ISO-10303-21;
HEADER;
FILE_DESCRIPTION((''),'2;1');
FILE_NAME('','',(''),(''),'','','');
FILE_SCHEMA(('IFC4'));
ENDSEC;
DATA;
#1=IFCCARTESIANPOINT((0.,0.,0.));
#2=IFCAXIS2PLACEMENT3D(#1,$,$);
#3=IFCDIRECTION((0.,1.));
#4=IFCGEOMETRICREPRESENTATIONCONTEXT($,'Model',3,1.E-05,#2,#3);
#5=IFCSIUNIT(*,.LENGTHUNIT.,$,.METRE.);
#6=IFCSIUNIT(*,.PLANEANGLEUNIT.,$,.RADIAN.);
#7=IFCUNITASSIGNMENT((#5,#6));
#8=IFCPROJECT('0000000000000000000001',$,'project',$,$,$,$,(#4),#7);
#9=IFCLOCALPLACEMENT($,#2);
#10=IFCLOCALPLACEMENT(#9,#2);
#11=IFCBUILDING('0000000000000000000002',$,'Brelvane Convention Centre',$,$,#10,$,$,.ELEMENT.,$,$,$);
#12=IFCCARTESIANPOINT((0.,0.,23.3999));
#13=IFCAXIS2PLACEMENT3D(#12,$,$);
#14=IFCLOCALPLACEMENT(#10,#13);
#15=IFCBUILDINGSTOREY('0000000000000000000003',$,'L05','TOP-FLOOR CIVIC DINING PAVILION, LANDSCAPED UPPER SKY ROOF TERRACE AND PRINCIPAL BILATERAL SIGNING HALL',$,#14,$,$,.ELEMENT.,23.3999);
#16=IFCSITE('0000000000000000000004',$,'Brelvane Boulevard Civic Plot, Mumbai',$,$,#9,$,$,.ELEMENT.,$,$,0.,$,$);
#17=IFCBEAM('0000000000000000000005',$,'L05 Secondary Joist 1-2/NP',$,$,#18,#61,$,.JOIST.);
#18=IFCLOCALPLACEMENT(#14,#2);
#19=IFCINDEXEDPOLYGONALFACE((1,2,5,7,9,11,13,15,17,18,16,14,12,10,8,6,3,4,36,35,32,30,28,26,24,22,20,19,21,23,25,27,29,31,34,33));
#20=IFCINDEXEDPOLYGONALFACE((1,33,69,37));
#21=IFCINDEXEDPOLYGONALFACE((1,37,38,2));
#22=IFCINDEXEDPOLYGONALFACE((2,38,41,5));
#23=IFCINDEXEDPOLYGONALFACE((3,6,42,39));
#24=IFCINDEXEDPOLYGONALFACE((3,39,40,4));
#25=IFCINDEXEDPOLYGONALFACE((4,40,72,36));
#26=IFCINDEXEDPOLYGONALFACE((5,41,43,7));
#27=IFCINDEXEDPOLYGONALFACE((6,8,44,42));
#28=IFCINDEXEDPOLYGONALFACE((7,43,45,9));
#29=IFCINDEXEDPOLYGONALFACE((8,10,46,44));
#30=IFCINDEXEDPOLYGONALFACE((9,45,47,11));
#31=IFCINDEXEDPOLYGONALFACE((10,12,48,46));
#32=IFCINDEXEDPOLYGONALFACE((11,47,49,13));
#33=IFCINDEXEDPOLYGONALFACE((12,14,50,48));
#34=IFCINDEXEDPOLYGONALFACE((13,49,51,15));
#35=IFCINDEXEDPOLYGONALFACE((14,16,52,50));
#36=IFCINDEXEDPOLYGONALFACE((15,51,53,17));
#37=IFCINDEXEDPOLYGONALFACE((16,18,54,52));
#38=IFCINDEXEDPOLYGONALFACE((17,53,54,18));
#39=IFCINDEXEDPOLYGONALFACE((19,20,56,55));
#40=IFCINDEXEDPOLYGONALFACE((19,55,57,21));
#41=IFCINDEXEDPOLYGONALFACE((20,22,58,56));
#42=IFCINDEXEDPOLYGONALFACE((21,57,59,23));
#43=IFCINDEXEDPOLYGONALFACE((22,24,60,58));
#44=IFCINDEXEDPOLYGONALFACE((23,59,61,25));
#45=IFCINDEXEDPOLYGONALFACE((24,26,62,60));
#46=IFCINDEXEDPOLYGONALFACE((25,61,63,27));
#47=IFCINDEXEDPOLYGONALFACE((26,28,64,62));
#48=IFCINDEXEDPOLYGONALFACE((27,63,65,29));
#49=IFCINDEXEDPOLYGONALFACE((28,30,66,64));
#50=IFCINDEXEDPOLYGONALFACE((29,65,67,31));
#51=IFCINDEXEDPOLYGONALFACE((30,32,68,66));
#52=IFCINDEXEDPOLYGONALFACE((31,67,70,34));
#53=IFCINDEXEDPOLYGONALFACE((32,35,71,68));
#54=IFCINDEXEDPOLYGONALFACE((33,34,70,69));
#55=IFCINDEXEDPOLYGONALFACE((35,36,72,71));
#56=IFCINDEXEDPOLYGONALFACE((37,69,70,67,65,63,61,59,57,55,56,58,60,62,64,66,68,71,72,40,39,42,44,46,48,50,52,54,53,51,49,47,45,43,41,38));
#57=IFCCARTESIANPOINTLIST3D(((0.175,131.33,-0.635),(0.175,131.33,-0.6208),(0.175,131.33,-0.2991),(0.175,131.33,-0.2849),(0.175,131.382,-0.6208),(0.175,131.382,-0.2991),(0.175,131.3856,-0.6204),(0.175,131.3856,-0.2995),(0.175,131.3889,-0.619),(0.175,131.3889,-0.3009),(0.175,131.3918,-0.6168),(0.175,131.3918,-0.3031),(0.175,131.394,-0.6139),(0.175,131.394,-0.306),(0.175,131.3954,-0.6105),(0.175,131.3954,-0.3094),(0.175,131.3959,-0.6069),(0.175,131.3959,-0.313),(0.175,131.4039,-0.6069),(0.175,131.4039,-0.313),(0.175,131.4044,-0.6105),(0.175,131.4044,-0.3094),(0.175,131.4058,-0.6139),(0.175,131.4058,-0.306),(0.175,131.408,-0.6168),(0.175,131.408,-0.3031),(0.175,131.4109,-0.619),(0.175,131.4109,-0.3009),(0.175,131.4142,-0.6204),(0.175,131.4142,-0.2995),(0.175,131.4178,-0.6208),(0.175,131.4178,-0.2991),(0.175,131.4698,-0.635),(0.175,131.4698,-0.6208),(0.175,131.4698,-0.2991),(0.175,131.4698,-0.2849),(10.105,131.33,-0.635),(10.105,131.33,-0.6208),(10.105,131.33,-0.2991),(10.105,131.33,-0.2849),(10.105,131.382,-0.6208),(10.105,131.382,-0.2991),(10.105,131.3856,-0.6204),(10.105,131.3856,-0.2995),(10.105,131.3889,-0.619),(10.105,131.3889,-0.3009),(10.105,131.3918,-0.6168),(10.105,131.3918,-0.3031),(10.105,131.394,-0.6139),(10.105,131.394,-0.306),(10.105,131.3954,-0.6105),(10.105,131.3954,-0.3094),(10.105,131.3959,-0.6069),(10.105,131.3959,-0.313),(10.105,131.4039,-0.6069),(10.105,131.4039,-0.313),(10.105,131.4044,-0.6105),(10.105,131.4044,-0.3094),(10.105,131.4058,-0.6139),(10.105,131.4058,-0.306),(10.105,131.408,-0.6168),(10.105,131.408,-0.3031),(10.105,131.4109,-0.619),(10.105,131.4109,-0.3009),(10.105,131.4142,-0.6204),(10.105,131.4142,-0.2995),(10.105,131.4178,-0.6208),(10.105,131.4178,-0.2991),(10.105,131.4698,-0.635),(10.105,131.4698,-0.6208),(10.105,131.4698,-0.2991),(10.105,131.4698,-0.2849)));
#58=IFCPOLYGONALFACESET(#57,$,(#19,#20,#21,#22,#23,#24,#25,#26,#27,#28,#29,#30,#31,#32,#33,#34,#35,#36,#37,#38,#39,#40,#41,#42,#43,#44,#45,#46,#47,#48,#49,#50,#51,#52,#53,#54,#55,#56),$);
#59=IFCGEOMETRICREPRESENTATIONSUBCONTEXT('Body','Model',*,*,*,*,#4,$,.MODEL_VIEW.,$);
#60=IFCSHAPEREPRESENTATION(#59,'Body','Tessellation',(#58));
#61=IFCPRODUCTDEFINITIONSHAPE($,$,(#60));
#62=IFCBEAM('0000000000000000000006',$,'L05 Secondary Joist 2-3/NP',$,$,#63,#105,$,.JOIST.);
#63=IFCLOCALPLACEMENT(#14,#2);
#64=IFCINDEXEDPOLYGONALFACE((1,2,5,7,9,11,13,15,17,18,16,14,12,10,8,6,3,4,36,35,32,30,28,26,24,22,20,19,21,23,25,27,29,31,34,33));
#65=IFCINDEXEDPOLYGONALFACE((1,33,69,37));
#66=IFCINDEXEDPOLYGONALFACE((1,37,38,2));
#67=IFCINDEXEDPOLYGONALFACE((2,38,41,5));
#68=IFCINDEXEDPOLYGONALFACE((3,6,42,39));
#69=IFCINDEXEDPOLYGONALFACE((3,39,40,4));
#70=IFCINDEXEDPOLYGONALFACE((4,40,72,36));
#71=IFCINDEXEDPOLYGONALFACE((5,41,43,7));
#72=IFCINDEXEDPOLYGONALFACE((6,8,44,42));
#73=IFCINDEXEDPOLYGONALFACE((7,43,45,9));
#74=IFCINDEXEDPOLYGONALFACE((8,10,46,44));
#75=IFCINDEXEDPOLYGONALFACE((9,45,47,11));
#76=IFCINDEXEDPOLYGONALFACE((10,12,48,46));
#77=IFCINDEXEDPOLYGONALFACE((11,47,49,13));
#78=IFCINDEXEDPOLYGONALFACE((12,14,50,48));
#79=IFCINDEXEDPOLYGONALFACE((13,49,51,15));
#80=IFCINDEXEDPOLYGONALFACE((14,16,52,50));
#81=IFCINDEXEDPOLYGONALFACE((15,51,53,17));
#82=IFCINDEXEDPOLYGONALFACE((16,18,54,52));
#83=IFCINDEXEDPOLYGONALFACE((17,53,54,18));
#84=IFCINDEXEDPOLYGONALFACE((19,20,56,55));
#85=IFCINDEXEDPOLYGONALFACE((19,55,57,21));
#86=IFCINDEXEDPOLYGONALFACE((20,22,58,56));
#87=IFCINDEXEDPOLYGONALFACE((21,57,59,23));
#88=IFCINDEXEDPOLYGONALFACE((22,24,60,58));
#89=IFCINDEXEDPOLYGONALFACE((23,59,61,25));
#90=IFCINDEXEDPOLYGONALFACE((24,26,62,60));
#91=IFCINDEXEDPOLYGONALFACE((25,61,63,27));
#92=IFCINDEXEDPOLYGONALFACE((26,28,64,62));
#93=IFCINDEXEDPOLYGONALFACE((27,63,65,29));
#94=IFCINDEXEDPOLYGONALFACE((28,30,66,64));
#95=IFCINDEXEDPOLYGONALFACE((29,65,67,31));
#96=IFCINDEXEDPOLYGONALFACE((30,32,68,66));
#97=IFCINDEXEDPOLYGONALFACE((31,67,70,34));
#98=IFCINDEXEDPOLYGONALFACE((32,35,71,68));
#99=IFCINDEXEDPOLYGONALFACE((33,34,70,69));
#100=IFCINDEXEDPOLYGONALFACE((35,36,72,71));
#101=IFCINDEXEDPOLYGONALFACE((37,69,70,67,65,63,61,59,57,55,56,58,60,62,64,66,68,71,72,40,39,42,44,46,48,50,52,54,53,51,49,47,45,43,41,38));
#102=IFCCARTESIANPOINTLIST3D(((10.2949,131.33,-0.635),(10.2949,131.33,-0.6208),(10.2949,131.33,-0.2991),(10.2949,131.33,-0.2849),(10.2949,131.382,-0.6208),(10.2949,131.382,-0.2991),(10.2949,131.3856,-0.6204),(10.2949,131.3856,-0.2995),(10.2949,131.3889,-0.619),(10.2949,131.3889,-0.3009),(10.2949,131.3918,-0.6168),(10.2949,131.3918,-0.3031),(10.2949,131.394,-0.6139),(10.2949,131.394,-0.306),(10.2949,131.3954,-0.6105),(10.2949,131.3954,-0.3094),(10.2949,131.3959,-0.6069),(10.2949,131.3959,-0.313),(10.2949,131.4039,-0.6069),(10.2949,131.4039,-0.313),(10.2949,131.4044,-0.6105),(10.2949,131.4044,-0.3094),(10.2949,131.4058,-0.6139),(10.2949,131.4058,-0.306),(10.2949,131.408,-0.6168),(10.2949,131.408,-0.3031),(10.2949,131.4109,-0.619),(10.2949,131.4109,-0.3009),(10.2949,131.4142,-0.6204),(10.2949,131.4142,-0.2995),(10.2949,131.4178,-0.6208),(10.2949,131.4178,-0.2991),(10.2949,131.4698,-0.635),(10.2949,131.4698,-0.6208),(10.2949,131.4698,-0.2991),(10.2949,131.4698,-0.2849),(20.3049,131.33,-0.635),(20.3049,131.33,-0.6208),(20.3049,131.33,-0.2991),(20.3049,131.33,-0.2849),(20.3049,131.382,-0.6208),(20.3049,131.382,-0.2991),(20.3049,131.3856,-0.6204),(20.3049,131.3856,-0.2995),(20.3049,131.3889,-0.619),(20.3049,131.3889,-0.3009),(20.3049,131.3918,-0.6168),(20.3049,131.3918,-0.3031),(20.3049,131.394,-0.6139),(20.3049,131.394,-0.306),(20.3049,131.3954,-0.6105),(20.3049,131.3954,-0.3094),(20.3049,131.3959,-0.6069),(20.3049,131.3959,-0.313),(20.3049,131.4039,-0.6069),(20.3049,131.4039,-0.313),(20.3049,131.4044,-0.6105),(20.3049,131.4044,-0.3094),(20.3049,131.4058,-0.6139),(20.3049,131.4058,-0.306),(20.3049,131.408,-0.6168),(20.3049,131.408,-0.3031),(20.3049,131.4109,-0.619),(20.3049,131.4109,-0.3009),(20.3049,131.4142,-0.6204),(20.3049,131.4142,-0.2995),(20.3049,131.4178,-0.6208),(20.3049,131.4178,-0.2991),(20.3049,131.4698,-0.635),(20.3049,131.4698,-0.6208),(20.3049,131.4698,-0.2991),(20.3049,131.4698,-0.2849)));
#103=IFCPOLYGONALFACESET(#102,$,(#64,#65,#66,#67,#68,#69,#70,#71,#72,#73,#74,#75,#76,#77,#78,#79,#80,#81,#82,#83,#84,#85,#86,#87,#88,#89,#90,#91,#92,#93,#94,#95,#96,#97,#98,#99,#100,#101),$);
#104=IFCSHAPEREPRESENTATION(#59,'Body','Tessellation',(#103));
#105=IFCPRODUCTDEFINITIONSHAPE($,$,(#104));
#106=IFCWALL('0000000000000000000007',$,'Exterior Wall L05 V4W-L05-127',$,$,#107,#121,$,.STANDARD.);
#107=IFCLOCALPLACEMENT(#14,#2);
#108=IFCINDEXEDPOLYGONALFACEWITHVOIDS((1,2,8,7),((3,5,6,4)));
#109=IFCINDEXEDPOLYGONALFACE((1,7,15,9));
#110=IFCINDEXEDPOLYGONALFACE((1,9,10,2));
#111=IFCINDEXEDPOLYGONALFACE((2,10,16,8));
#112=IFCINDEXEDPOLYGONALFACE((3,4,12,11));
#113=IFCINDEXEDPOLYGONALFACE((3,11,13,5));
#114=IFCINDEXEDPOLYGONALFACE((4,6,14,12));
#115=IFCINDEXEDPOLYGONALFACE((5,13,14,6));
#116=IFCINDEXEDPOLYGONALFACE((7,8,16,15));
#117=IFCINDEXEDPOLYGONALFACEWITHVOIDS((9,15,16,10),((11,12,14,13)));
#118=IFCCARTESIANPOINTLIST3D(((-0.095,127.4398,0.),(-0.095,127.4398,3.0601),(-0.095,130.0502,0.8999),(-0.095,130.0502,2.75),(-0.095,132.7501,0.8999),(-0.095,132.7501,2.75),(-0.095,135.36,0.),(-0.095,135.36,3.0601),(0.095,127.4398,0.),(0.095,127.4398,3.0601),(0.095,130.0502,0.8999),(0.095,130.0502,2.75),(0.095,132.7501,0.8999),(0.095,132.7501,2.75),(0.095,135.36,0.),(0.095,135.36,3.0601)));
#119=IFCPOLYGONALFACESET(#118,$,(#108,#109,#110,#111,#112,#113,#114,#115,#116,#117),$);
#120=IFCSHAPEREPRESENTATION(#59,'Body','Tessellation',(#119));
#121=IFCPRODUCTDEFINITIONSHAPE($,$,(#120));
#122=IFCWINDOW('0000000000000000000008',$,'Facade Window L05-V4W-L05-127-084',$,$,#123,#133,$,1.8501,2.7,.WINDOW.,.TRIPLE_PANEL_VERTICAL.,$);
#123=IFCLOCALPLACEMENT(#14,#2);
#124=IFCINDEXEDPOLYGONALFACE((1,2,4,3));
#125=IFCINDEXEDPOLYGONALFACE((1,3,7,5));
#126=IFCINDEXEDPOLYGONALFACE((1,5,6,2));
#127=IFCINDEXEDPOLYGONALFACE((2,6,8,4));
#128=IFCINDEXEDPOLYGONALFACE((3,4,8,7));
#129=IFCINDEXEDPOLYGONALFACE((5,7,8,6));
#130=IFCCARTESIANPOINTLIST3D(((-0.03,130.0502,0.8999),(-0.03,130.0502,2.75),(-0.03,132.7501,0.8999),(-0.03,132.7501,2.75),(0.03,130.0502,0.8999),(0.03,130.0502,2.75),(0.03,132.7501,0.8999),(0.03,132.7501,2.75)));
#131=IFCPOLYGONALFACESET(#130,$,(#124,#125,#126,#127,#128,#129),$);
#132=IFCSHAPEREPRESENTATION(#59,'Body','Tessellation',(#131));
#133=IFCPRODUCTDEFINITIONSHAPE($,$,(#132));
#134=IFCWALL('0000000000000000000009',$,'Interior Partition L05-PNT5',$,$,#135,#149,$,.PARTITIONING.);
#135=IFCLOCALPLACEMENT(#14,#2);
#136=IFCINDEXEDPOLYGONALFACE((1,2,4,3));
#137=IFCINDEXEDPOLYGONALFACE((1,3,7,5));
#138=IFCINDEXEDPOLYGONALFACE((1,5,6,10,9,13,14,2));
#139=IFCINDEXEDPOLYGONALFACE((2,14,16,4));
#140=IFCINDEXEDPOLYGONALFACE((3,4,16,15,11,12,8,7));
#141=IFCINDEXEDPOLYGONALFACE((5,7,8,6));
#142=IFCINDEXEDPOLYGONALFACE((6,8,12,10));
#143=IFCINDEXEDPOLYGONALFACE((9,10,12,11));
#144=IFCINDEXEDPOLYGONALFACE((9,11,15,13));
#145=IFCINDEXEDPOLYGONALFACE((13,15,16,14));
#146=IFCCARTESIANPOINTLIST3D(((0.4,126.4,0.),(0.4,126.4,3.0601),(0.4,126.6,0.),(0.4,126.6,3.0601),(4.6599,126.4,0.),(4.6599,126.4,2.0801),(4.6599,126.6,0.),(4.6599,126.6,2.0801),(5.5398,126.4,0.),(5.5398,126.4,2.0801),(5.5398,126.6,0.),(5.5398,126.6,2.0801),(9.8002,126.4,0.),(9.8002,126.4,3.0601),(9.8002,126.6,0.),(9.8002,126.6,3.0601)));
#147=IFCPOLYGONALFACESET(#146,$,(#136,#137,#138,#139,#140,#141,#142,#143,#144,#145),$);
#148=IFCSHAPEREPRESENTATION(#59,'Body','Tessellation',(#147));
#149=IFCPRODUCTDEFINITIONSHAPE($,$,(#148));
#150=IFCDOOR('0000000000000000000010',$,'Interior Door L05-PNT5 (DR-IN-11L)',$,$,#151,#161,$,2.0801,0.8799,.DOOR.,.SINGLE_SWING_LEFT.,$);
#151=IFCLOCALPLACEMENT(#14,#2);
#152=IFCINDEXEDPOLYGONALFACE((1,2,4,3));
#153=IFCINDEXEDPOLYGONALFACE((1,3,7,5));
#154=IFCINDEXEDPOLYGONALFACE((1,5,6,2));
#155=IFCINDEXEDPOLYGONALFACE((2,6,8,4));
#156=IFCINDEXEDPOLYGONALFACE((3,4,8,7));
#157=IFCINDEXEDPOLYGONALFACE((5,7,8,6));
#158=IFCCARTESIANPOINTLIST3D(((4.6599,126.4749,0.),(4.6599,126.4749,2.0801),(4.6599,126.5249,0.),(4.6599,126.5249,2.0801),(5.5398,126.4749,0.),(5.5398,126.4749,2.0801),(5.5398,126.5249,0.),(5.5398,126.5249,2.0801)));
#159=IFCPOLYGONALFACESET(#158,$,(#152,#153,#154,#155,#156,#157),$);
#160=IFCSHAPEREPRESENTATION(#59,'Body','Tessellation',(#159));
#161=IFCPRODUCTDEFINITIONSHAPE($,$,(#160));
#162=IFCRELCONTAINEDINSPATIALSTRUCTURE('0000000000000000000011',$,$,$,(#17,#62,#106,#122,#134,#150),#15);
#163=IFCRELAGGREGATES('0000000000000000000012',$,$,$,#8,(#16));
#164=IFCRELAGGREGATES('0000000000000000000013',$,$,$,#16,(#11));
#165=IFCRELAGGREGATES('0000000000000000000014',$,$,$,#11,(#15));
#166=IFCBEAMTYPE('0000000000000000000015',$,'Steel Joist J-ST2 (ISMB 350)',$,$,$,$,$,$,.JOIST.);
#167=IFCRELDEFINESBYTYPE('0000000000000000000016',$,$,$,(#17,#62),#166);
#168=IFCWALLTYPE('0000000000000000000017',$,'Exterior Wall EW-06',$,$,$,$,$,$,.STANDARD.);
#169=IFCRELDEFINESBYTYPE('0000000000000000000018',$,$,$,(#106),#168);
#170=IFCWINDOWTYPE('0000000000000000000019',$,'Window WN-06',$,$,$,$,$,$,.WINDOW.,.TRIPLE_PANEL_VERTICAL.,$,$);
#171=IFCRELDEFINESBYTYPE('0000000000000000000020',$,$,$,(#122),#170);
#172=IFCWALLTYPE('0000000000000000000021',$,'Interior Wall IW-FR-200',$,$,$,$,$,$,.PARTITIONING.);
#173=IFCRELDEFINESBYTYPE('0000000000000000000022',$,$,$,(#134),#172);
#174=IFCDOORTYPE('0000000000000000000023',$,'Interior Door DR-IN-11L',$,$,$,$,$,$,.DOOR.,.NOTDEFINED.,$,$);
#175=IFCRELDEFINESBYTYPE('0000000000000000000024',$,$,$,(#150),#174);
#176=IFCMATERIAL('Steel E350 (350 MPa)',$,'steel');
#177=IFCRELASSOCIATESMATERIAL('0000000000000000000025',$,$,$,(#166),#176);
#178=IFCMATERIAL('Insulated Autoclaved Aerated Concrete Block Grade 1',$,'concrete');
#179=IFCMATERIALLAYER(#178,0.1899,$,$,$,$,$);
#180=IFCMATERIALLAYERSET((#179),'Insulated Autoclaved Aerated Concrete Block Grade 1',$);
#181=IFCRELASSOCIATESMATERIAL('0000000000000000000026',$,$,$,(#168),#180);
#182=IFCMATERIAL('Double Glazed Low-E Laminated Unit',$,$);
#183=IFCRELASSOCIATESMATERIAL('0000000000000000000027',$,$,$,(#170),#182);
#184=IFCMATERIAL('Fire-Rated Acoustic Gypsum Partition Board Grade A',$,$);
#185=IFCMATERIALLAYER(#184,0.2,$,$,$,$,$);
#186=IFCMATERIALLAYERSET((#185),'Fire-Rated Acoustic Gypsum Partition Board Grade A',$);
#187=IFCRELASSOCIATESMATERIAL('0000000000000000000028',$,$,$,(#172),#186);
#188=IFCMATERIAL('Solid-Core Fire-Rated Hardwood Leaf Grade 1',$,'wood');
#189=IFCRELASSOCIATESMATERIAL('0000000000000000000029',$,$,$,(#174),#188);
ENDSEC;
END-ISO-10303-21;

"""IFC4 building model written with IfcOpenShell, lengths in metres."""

from ifc_helpers import new_model, si_unit, direction, frame, frame_2d, origin, origin_2d, place, context, subcontext, project, spatial, rectangle, i_section, extrude, material, layer, layer_set, material_profile, profile_set, type_object, element, fill, save


model = new_model("IFC4")

# Units and contexts
model_context = context("Model", 3, precision=1e-05, world=origin(), true_north=direction((0.0, 1.0)))
body_context = subcontext(model_context, "Body", "Model", "MODEL_VIEW")
ifc_project = project(units=[si_unit("LENGTHUNIT", "METRE"), si_unit("PLANEANGLEUNIT", "RADIAN")], contexts=[model_context])

# Site, building, storey
site_placement = place(None, origin())
site = spatial("IfcSite", under=ifc_project, at=site_placement, Name="Brelvane Boulevard Civic Plot, Mumbai", CompositionType="ELEMENT", RefElevation=0.0)
building_placement = place(site_placement, origin())
building = spatial("IfcBuilding", under=site, at=building_placement, Name="Brelvane Convention Centre", CompositionType="ELEMENT")
storey_placement = place(building_placement, frame((0.0, 0.0, 23.3999)))
storey = spatial("IfcBuildingStorey", under=building, at=storey_placement, Name="L05", Description="TOP-FLOOR CIVIC DINING PAVILION, LANDSCAPED UPPER SKY ROOF TERRACE AND PRINCIPAL BILATERAL SIGNING HALL", CompositionType="ELEMENT", Elevation=23.3999)

# Beams
ifc_material_1 = material(Name="Steel E350 (350 MPa)", Category="steel")
ifc_material_profile_1 = material_profile(ifc_material_1, i_section(OverallWidth=0.1399, OverallDepth=0.3501, WebThickness=0.0081, FlangeThickness=0.0142, FilletRadius=0.0139, at=origin_2d()), Name="ISMB 350")
ifc_profile_set_1 = profile_set([ifc_material_profile_1], Name="Steel E350 (350 MPa)")
beam_type_1 = type_object("IfcBeamType", Name="Steel Joist J-ST2 (ISMB 350)", PredefinedType="JOIST", material=ifc_profile_set_1)
beam_1_placement = place(storey_placement, frame((0.175, 131.3999, -0.46), z_axis=(1.0, 0.0, 0.0), x_axis=(0.0, 1.0, 0.0)))
element("IfcBeam", 1, at=beam_1_placement, inside=storey, type_object=beam_type_1, Name="L05 Secondary Joist 1-2/NP", PredefinedType="JOIST", context=body_context, shape_type="SweptSolid", body=[
    extrude(i_section(OverallWidth=0.1399, OverallDepth=0.3501, WebThickness=0.0081, FlangeThickness=0.0142, FilletRadius=0.0139, at=origin_2d()), origin(), (0.0, 0.0, 1.0), 9.9299),
])
beam_2_placement = place(storey_placement, frame((10.2949, 131.3999, -0.46), z_axis=(1.0, 0.0, 0.0), x_axis=(0.0, 1.0, 0.0)))
element("IfcBeam", 2, at=beam_2_placement, inside=storey, type_object=beam_type_1, Name="L05 Secondary Joist 2-3/NP", PredefinedType="JOIST", context=body_context, shape_type="SweptSolid", body=[
    extrude(i_section(OverallWidth=0.1399, OverallDepth=0.3501, WebThickness=0.0081, FlangeThickness=0.0142, FilletRadius=0.0139, at=origin_2d()), origin(), (0.0, 0.0, 1.0), 10.01),
])

# Wall, opening, window
ifc_material_2 = material(Name="Insulated Autoclaved Aerated Concrete Block Grade 1", Category="concrete")
ifc_layer_1 = layer(ifc_material_2, 0.1899)
ifc_layer_set_1 = layer_set([ifc_layer_1], Name="Insulated Autoclaved Aerated Concrete Block Grade 1")
wall_type_1 = type_object("IfcWallType", Name="Exterior Wall EW-06", PredefinedType="STANDARD", material=ifc_layer_set_1)
wall_1_placement = place(storey_placement, frame((0.0, 127.4399, 0.0), z_axis=(0.0, 0.0, 1.0), x_axis=(0.0, 1.0, 0.0)))
wall_1 = element("IfcWall", 3, at=wall_1_placement, inside=storey, type_object=wall_type_1, Name="Exterior Wall L05 V4W-L05-127", PredefinedType="STANDARD", context=body_context, shape_type="SweptSolid", body=[
    extrude(rectangle(XDim=7.9202, YDim=0.1899, at=frame_2d((3.96, 0.0))), origin(), (0.0, 0.0, 1.0), 3.0601),
])
opening_1_placement = place(wall_1_placement, frame((2.6101, 0.0, 0.8999)))
opening_1 = element("IfcOpeningElement", 4, at=opening_1_placement, cuts=wall_1, PredefinedType="OPENING", context=body_context, shape_type="SweptSolid", body=[
    extrude(rectangle(XDim=2.7, YDim=1.8501, at=frame_2d((1.3501, 0.925))), frame((0.0, 0.105, 0.0), z_axis=(0.0, -1.0, 0.0), x_axis=(1.0, 0.0, 0.0)), (0.0, 0.0, 1.0), 0.21),
])
ifc_material_3 = material(Name="Double Glazed Low-E Laminated Unit")
window_type = type_object("IfcWindowType", Name="Window WN-06", PartitioningType="TRIPLE_PANEL_VERTICAL", PredefinedType="WINDOW", material=ifc_material_3)
window_placement = place(opening_1_placement, origin())
window = element("IfcWindow", 5, at=window_placement, inside=storey, type_object=window_type, Name="Facade Window L05-V4W-L05-127-084", OverallHeight=1.8501, OverallWidth=2.7, PartitioningType="TRIPLE_PANEL_VERTICAL", PredefinedType="WINDOW", context=body_context, shape_type="SweptSolid", body=[
    extrude(rectangle(XDim=2.7, YDim=1.8501, at=frame_2d((1.3501, 0.925))), frame((0.0, 0.03, 0.0), z_axis=(0.0, -1.0, 0.0), x_axis=(1.0, 0.0, 0.0)), (0.0, 0.0, 1.0), 0.0601),
])
fill(opening_1, window)

# Wall, opening, door
ifc_material_4 = material(Name="Fire-Rated Acoustic Gypsum Partition Board Grade A")
ifc_layer_2 = layer(ifc_material_4, 0.2)
ifc_layer_set_2 = layer_set([ifc_layer_2], Name="Fire-Rated Acoustic Gypsum Partition Board Grade A")
wall_type_2 = type_object("IfcWallType", Name="Interior Wall IW-FR-200", PredefinedType="PARTITIONING", material=ifc_layer_set_2)
wall_2_placement = place(storey_placement, frame((0.3999, 126.5, 0.0), z_axis=(0.0, 0.0, 1.0), x_axis=(1.0, 0.0, 0.0)))
wall_2 = element("IfcWall", 6, at=wall_2_placement, inside=storey, type_object=wall_type_2, Name="Interior Partition L05-PNT5", PredefinedType="PARTITIONING", context=body_context, shape_type="SweptSolid", body=[
    extrude(rectangle(XDim=9.4001, YDim=0.2, at=frame_2d((4.7002, 0.0))), origin(), (0.0, 0.0, 1.0), 3.0601),
])
opening_2_placement = place(wall_2_placement, frame((4.26, 0.0, 0.0)))
opening_2 = element("IfcOpeningElement", 7, at=opening_2_placement, cuts=wall_2, PredefinedType="OPENING", context=body_context, shape_type="SweptSolid", body=[
    extrude(rectangle(XDim=0.8799, YDim=2.0801, at=frame_2d((0.4399, 1.04))), frame((0.0, 0.1099, 0.0), z_axis=(0.0, -1.0, 0.0), x_axis=(1.0, 0.0, 0.0)), (0.0, 0.0, 1.0), 0.22),
])
ifc_material_5 = material(Name="Solid-Core Fire-Rated Hardwood Leaf Grade 1", Category="wood")
door_type_1 = type_object("IfcDoorType", Name="Interior Door DR-IN-11L", OperationType="NOTDEFINED", PredefinedType="DOOR", material=ifc_material_5)
door_1_placement = place(opening_2_placement, origin())
door_1 = element("IfcDoor", 8, at=door_1_placement, inside=storey, type_object=door_type_1, Name="Interior Door L05-PNT5 (DR-IN-11L)", OperationType="SINGLE_SWING_LEFT", OverallHeight=2.0801, OverallWidth=0.8799, PredefinedType="DOOR", context=body_context, shape_type="SweptSolid", body=[
    extrude(rectangle(XDim=0.8799, YDim=2.0801, at=frame_2d((0.4399, 1.04))), frame((0.0, 0.0249, 0.0), z_axis=(0.0, -1.0, 0.0), x_axis=(1.0, 0.0, 0.0)), (0.0, 0.0, 1.0), 0.05),
])
fill(opening_2, door_1)

save(model, "model.ifc")
